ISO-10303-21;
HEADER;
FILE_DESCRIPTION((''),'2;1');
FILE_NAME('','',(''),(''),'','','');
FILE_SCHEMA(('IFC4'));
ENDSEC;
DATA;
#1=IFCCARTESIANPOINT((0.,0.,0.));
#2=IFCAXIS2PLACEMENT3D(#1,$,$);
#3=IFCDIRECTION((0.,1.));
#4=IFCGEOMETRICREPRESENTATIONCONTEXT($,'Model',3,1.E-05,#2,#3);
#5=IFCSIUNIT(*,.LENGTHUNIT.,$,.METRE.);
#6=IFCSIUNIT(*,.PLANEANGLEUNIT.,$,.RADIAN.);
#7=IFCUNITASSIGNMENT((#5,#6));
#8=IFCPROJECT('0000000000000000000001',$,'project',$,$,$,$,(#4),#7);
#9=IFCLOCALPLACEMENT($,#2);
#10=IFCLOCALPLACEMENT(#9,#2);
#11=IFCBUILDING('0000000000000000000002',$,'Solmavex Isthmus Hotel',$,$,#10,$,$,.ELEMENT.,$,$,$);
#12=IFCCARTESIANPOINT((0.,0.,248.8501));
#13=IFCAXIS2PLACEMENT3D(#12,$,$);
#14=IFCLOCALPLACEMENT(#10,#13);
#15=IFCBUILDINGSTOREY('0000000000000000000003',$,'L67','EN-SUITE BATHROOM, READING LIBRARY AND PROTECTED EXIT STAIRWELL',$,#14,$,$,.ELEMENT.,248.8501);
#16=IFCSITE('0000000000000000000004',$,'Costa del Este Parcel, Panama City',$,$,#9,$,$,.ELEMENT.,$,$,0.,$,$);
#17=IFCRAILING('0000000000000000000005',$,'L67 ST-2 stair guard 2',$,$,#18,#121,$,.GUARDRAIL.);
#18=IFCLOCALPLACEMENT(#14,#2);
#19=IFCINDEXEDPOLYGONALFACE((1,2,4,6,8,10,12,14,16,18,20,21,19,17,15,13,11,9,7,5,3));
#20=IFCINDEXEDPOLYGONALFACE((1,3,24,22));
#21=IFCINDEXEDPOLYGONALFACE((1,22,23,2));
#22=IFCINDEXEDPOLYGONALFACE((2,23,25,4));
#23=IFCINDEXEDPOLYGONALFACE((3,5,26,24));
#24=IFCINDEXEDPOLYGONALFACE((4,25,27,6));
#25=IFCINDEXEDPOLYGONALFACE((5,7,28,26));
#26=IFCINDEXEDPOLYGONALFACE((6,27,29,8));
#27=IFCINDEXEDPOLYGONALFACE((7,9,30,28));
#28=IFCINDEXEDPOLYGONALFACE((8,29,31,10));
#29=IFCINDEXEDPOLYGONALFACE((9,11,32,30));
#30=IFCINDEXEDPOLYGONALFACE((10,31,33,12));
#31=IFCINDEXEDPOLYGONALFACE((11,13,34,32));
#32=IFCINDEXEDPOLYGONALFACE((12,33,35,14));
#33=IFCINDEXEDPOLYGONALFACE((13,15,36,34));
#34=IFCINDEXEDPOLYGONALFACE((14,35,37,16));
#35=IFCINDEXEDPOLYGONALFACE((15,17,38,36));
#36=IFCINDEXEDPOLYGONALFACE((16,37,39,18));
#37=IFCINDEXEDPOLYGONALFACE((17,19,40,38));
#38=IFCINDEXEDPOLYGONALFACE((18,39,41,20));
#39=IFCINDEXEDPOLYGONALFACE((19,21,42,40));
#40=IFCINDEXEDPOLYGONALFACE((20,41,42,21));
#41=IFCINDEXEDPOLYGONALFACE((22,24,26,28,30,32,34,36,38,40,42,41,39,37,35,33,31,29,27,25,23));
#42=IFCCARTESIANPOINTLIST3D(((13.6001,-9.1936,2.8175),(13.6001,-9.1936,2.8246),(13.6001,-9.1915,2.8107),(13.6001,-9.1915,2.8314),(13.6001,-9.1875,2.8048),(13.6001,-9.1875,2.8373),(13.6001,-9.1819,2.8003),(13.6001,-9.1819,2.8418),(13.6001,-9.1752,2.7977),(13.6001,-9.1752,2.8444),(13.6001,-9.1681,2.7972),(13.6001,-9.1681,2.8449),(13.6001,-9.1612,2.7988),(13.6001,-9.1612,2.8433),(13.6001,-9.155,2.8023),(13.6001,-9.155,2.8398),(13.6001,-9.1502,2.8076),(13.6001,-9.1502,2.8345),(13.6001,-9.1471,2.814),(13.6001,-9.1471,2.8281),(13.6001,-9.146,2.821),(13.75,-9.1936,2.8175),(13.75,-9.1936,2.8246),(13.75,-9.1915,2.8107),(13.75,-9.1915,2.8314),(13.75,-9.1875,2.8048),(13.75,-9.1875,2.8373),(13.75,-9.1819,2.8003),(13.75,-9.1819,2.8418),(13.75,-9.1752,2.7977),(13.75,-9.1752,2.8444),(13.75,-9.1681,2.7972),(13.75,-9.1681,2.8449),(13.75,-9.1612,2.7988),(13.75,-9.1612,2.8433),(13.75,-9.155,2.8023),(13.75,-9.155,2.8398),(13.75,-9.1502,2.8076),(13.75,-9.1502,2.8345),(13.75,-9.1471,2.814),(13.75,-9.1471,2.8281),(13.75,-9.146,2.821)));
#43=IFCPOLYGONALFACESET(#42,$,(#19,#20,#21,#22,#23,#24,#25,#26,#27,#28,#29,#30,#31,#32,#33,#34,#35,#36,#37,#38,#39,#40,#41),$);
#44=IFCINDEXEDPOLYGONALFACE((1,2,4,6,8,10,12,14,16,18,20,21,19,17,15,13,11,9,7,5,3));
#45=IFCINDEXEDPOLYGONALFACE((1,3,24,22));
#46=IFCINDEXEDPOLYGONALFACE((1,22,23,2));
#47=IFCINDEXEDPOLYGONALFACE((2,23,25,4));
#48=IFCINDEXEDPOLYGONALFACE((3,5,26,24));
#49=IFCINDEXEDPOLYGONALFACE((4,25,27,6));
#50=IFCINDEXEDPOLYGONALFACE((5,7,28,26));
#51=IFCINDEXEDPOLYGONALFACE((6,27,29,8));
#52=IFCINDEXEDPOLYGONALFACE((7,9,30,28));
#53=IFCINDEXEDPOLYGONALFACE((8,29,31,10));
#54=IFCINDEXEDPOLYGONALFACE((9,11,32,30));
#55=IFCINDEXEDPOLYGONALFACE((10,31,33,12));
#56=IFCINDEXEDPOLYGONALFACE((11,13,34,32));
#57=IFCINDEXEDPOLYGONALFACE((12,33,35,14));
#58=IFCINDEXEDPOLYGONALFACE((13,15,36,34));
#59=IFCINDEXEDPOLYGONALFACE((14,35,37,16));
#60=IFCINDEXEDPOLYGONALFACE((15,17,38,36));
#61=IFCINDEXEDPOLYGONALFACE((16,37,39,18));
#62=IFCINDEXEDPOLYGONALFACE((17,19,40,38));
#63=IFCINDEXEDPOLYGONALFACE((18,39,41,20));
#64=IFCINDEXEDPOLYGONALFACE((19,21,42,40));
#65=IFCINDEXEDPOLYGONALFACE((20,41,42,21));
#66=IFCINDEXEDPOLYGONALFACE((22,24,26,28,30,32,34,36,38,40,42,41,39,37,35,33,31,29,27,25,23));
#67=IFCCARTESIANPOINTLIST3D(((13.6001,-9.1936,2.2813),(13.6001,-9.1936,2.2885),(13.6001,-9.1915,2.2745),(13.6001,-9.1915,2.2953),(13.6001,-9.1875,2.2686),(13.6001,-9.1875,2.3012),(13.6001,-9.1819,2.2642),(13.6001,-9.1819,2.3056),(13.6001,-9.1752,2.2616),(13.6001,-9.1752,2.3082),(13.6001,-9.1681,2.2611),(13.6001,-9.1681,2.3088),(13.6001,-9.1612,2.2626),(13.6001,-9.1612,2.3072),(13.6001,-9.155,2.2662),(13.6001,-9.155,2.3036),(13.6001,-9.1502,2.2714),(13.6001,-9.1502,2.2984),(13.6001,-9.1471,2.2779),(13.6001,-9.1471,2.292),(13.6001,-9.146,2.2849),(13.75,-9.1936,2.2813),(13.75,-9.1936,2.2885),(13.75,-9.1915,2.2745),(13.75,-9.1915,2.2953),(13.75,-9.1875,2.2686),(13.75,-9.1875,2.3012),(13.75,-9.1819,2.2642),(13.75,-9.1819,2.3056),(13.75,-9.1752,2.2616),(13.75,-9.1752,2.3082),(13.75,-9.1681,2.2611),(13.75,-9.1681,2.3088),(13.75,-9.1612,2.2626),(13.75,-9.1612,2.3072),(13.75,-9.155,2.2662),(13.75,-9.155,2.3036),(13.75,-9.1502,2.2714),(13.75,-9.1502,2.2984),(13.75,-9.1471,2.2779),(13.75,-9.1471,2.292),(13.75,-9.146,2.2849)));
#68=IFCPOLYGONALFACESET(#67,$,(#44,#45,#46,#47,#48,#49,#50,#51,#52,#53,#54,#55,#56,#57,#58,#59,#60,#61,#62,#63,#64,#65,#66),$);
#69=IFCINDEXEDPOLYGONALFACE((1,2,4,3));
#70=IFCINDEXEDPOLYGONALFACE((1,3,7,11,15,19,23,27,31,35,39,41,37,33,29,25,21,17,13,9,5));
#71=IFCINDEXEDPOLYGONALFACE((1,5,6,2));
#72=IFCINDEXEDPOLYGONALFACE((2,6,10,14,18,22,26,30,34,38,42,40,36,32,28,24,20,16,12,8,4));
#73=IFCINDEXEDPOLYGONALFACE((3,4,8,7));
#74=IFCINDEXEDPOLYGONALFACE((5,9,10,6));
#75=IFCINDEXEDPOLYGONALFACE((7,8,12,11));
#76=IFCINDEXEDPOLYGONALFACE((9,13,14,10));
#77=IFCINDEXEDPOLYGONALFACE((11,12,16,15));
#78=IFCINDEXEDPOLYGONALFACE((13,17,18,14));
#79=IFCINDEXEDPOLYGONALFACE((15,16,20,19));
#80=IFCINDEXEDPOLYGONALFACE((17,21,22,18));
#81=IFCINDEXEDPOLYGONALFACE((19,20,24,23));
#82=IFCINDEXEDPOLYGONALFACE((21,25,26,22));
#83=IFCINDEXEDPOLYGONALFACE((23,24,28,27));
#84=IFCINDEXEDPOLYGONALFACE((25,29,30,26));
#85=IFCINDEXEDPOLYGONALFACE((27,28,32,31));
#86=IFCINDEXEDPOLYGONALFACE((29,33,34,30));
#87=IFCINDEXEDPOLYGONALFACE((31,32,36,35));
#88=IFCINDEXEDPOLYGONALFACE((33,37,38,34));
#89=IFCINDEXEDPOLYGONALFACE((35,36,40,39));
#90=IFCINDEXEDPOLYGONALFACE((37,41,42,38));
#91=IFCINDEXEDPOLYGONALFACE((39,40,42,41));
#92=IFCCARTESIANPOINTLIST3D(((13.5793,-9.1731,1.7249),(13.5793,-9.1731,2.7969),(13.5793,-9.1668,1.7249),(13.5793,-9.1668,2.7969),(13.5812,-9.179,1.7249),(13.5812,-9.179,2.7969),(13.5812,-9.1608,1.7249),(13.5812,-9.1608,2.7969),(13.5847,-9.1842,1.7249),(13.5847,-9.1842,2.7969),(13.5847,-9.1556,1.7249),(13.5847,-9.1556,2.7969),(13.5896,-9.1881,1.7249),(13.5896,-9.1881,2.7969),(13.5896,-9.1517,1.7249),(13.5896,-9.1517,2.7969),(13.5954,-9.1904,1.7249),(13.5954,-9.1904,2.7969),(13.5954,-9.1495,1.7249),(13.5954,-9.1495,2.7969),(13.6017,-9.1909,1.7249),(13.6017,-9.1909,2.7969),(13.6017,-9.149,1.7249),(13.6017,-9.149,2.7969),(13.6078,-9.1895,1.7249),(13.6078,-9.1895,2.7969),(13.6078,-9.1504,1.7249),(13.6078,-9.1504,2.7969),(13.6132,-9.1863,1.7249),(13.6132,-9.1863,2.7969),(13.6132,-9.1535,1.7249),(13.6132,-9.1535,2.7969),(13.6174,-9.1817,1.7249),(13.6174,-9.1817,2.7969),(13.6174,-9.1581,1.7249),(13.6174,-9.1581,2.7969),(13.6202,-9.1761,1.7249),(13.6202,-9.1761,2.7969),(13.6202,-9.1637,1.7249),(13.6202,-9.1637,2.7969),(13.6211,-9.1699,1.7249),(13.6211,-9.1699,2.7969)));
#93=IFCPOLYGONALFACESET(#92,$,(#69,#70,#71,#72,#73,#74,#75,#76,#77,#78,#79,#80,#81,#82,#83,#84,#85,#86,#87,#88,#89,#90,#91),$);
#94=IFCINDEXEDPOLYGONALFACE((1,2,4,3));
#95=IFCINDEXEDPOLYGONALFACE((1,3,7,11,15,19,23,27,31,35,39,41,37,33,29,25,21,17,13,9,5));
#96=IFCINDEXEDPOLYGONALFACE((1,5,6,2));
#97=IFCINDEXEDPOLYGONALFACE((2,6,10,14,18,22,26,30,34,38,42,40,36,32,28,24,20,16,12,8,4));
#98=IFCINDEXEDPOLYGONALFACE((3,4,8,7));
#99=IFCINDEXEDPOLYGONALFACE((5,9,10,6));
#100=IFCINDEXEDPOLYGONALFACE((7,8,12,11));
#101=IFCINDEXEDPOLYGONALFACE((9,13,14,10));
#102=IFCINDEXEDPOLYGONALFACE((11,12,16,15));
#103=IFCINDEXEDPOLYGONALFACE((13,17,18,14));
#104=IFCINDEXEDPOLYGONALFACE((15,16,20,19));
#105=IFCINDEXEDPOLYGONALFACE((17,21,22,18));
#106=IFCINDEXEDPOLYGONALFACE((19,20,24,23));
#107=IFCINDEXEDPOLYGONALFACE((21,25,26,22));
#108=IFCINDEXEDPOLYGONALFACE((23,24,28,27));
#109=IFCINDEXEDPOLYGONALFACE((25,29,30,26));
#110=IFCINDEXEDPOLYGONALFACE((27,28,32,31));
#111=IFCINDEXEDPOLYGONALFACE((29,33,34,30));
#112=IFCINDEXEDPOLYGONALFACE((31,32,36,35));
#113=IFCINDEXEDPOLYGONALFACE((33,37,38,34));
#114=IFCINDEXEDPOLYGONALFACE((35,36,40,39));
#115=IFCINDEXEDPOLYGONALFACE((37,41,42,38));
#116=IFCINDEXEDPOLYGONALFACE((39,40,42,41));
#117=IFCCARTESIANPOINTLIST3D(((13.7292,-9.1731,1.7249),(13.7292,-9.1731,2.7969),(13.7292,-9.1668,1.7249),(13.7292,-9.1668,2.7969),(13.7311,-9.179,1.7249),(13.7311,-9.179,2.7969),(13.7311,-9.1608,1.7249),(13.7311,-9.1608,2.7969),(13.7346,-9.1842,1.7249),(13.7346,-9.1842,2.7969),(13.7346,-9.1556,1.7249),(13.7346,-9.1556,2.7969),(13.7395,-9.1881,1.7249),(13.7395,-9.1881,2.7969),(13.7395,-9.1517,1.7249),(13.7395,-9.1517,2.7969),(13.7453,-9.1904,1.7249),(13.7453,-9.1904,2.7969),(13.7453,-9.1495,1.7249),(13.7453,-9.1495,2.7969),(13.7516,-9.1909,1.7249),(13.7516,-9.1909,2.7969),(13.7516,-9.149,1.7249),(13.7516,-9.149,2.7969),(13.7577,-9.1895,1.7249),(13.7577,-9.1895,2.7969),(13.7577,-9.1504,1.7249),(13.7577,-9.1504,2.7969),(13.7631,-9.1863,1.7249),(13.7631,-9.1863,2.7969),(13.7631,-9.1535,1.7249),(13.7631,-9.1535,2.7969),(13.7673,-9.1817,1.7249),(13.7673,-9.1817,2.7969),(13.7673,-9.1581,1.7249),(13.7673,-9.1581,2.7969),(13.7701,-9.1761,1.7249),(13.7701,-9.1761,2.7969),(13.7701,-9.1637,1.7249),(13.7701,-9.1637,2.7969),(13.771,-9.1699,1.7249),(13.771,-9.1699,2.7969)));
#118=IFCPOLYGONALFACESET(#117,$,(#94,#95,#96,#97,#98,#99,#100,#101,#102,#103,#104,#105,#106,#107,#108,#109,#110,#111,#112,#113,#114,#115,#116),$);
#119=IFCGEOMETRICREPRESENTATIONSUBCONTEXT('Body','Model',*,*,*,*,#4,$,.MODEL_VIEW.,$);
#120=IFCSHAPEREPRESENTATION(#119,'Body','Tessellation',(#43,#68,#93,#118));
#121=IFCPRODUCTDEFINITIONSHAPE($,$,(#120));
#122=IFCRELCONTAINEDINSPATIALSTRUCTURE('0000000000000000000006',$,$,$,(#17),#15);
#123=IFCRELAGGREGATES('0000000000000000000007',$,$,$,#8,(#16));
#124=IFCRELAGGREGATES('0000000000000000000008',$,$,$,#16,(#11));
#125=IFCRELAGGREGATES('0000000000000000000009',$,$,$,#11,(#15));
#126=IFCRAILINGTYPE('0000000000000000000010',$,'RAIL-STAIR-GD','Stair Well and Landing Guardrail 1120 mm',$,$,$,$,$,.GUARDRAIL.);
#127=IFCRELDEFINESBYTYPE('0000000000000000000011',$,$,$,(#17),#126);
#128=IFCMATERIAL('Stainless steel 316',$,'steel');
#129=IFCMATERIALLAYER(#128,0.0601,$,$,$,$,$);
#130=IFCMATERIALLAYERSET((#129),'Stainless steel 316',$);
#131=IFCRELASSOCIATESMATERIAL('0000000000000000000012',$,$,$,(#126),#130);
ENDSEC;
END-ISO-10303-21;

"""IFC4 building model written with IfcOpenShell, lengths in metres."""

from ifc_helpers import new_model, si_unit, direction, frame, origin, origin_2d, place, context, subcontext, project, spatial, circle, extrude, material, layer, layer_set, type_object, element, save


model = new_model("IFC4")

# Units and contexts
model_context = context("Model", 3, precision=1e-05, world=origin(), true_north=direction((0.0, 1.0)))
body_context = subcontext(model_context, "Body", "Model", "MODEL_VIEW")
ifc_project = project(units=[si_unit("LENGTHUNIT", "METRE"), si_unit("PLANEANGLEUNIT", "RADIAN")], contexts=[model_context])

# Site, building, storey
site_placement = place(None, origin())
site = spatial("IfcSite", under=ifc_project, at=site_placement, Name="Costa del Este Parcel, Panama City", CompositionType="ELEMENT", RefElevation=0.0)
building_placement = place(site_placement, origin())
building = spatial("IfcBuilding", under=site, at=building_placement, Name="Solmavex Isthmus Hotel", CompositionType="ELEMENT")
storey_placement = place(building_placement, frame((0.0, 0.0, 248.8501)))
storey = spatial("IfcBuildingStorey", under=building, at=storey_placement, Name="L67", Description="EN-SUITE BATHROOM, READING LIBRARY AND PROTECTED EXIT STAIRWELL", CompositionType="ELEMENT", Elevation=248.8501)

# Shared definitions
ifc_material_1 = material(Name="Stainless steel 316", Category="steel")

# Railing
ifc_layer_1 = layer(ifc_material_1, 0.0601)
ifc_layer_set_1 = layer_set([ifc_layer_1], Name="Stainless steel 316")
railing_type_1 = type_object("IfcRailingType", Name="RAIL-STAIR-GD", Description="Stair Well and Landing Guardrail 1120 mm", PredefinedType="GUARDRAIL", material=ifc_layer_set_1)
railing_1_placement = place(storey_placement, frame((13.6001, -9.1699, 1.7249)))
element("IfcRailing", 1, at=railing_1_placement, inside=storey, type_object=railing_type_1, Name="L67 ST-2 stair guard 2", PredefinedType="GUARDRAIL", context=body_context, shape_type="SweptSolid", body=[
    extrude(circle(Radius=0.0239, at=origin_2d()), frame((0.0, 0.0, 1.0962), z_axis=(1.0, 0.0, 0.0), x_axis=(0.0, 1.0, 0.0)), (0.0, 0.0, 1.0), 0.1499),
    extrude(circle(Radius=0.0239, at=origin_2d()), frame((0.0, 0.0, 0.5601), z_axis=(1.0, 0.0, 0.0), x_axis=(0.0, 1.0, 0.0)), (0.0, 0.0, 1.0), 0.1499),
    extrude(circle(Radius=0.021, at=origin_2d()), origin(), (0.0, 0.0, 1.0), 1.072),
    extrude(circle(Radius=0.021, at=origin_2d()), frame((0.1499, 0.0, 0.0)), (0.0, 0.0, 1.0), 1.072),
])

save(model, "model.ifc")
